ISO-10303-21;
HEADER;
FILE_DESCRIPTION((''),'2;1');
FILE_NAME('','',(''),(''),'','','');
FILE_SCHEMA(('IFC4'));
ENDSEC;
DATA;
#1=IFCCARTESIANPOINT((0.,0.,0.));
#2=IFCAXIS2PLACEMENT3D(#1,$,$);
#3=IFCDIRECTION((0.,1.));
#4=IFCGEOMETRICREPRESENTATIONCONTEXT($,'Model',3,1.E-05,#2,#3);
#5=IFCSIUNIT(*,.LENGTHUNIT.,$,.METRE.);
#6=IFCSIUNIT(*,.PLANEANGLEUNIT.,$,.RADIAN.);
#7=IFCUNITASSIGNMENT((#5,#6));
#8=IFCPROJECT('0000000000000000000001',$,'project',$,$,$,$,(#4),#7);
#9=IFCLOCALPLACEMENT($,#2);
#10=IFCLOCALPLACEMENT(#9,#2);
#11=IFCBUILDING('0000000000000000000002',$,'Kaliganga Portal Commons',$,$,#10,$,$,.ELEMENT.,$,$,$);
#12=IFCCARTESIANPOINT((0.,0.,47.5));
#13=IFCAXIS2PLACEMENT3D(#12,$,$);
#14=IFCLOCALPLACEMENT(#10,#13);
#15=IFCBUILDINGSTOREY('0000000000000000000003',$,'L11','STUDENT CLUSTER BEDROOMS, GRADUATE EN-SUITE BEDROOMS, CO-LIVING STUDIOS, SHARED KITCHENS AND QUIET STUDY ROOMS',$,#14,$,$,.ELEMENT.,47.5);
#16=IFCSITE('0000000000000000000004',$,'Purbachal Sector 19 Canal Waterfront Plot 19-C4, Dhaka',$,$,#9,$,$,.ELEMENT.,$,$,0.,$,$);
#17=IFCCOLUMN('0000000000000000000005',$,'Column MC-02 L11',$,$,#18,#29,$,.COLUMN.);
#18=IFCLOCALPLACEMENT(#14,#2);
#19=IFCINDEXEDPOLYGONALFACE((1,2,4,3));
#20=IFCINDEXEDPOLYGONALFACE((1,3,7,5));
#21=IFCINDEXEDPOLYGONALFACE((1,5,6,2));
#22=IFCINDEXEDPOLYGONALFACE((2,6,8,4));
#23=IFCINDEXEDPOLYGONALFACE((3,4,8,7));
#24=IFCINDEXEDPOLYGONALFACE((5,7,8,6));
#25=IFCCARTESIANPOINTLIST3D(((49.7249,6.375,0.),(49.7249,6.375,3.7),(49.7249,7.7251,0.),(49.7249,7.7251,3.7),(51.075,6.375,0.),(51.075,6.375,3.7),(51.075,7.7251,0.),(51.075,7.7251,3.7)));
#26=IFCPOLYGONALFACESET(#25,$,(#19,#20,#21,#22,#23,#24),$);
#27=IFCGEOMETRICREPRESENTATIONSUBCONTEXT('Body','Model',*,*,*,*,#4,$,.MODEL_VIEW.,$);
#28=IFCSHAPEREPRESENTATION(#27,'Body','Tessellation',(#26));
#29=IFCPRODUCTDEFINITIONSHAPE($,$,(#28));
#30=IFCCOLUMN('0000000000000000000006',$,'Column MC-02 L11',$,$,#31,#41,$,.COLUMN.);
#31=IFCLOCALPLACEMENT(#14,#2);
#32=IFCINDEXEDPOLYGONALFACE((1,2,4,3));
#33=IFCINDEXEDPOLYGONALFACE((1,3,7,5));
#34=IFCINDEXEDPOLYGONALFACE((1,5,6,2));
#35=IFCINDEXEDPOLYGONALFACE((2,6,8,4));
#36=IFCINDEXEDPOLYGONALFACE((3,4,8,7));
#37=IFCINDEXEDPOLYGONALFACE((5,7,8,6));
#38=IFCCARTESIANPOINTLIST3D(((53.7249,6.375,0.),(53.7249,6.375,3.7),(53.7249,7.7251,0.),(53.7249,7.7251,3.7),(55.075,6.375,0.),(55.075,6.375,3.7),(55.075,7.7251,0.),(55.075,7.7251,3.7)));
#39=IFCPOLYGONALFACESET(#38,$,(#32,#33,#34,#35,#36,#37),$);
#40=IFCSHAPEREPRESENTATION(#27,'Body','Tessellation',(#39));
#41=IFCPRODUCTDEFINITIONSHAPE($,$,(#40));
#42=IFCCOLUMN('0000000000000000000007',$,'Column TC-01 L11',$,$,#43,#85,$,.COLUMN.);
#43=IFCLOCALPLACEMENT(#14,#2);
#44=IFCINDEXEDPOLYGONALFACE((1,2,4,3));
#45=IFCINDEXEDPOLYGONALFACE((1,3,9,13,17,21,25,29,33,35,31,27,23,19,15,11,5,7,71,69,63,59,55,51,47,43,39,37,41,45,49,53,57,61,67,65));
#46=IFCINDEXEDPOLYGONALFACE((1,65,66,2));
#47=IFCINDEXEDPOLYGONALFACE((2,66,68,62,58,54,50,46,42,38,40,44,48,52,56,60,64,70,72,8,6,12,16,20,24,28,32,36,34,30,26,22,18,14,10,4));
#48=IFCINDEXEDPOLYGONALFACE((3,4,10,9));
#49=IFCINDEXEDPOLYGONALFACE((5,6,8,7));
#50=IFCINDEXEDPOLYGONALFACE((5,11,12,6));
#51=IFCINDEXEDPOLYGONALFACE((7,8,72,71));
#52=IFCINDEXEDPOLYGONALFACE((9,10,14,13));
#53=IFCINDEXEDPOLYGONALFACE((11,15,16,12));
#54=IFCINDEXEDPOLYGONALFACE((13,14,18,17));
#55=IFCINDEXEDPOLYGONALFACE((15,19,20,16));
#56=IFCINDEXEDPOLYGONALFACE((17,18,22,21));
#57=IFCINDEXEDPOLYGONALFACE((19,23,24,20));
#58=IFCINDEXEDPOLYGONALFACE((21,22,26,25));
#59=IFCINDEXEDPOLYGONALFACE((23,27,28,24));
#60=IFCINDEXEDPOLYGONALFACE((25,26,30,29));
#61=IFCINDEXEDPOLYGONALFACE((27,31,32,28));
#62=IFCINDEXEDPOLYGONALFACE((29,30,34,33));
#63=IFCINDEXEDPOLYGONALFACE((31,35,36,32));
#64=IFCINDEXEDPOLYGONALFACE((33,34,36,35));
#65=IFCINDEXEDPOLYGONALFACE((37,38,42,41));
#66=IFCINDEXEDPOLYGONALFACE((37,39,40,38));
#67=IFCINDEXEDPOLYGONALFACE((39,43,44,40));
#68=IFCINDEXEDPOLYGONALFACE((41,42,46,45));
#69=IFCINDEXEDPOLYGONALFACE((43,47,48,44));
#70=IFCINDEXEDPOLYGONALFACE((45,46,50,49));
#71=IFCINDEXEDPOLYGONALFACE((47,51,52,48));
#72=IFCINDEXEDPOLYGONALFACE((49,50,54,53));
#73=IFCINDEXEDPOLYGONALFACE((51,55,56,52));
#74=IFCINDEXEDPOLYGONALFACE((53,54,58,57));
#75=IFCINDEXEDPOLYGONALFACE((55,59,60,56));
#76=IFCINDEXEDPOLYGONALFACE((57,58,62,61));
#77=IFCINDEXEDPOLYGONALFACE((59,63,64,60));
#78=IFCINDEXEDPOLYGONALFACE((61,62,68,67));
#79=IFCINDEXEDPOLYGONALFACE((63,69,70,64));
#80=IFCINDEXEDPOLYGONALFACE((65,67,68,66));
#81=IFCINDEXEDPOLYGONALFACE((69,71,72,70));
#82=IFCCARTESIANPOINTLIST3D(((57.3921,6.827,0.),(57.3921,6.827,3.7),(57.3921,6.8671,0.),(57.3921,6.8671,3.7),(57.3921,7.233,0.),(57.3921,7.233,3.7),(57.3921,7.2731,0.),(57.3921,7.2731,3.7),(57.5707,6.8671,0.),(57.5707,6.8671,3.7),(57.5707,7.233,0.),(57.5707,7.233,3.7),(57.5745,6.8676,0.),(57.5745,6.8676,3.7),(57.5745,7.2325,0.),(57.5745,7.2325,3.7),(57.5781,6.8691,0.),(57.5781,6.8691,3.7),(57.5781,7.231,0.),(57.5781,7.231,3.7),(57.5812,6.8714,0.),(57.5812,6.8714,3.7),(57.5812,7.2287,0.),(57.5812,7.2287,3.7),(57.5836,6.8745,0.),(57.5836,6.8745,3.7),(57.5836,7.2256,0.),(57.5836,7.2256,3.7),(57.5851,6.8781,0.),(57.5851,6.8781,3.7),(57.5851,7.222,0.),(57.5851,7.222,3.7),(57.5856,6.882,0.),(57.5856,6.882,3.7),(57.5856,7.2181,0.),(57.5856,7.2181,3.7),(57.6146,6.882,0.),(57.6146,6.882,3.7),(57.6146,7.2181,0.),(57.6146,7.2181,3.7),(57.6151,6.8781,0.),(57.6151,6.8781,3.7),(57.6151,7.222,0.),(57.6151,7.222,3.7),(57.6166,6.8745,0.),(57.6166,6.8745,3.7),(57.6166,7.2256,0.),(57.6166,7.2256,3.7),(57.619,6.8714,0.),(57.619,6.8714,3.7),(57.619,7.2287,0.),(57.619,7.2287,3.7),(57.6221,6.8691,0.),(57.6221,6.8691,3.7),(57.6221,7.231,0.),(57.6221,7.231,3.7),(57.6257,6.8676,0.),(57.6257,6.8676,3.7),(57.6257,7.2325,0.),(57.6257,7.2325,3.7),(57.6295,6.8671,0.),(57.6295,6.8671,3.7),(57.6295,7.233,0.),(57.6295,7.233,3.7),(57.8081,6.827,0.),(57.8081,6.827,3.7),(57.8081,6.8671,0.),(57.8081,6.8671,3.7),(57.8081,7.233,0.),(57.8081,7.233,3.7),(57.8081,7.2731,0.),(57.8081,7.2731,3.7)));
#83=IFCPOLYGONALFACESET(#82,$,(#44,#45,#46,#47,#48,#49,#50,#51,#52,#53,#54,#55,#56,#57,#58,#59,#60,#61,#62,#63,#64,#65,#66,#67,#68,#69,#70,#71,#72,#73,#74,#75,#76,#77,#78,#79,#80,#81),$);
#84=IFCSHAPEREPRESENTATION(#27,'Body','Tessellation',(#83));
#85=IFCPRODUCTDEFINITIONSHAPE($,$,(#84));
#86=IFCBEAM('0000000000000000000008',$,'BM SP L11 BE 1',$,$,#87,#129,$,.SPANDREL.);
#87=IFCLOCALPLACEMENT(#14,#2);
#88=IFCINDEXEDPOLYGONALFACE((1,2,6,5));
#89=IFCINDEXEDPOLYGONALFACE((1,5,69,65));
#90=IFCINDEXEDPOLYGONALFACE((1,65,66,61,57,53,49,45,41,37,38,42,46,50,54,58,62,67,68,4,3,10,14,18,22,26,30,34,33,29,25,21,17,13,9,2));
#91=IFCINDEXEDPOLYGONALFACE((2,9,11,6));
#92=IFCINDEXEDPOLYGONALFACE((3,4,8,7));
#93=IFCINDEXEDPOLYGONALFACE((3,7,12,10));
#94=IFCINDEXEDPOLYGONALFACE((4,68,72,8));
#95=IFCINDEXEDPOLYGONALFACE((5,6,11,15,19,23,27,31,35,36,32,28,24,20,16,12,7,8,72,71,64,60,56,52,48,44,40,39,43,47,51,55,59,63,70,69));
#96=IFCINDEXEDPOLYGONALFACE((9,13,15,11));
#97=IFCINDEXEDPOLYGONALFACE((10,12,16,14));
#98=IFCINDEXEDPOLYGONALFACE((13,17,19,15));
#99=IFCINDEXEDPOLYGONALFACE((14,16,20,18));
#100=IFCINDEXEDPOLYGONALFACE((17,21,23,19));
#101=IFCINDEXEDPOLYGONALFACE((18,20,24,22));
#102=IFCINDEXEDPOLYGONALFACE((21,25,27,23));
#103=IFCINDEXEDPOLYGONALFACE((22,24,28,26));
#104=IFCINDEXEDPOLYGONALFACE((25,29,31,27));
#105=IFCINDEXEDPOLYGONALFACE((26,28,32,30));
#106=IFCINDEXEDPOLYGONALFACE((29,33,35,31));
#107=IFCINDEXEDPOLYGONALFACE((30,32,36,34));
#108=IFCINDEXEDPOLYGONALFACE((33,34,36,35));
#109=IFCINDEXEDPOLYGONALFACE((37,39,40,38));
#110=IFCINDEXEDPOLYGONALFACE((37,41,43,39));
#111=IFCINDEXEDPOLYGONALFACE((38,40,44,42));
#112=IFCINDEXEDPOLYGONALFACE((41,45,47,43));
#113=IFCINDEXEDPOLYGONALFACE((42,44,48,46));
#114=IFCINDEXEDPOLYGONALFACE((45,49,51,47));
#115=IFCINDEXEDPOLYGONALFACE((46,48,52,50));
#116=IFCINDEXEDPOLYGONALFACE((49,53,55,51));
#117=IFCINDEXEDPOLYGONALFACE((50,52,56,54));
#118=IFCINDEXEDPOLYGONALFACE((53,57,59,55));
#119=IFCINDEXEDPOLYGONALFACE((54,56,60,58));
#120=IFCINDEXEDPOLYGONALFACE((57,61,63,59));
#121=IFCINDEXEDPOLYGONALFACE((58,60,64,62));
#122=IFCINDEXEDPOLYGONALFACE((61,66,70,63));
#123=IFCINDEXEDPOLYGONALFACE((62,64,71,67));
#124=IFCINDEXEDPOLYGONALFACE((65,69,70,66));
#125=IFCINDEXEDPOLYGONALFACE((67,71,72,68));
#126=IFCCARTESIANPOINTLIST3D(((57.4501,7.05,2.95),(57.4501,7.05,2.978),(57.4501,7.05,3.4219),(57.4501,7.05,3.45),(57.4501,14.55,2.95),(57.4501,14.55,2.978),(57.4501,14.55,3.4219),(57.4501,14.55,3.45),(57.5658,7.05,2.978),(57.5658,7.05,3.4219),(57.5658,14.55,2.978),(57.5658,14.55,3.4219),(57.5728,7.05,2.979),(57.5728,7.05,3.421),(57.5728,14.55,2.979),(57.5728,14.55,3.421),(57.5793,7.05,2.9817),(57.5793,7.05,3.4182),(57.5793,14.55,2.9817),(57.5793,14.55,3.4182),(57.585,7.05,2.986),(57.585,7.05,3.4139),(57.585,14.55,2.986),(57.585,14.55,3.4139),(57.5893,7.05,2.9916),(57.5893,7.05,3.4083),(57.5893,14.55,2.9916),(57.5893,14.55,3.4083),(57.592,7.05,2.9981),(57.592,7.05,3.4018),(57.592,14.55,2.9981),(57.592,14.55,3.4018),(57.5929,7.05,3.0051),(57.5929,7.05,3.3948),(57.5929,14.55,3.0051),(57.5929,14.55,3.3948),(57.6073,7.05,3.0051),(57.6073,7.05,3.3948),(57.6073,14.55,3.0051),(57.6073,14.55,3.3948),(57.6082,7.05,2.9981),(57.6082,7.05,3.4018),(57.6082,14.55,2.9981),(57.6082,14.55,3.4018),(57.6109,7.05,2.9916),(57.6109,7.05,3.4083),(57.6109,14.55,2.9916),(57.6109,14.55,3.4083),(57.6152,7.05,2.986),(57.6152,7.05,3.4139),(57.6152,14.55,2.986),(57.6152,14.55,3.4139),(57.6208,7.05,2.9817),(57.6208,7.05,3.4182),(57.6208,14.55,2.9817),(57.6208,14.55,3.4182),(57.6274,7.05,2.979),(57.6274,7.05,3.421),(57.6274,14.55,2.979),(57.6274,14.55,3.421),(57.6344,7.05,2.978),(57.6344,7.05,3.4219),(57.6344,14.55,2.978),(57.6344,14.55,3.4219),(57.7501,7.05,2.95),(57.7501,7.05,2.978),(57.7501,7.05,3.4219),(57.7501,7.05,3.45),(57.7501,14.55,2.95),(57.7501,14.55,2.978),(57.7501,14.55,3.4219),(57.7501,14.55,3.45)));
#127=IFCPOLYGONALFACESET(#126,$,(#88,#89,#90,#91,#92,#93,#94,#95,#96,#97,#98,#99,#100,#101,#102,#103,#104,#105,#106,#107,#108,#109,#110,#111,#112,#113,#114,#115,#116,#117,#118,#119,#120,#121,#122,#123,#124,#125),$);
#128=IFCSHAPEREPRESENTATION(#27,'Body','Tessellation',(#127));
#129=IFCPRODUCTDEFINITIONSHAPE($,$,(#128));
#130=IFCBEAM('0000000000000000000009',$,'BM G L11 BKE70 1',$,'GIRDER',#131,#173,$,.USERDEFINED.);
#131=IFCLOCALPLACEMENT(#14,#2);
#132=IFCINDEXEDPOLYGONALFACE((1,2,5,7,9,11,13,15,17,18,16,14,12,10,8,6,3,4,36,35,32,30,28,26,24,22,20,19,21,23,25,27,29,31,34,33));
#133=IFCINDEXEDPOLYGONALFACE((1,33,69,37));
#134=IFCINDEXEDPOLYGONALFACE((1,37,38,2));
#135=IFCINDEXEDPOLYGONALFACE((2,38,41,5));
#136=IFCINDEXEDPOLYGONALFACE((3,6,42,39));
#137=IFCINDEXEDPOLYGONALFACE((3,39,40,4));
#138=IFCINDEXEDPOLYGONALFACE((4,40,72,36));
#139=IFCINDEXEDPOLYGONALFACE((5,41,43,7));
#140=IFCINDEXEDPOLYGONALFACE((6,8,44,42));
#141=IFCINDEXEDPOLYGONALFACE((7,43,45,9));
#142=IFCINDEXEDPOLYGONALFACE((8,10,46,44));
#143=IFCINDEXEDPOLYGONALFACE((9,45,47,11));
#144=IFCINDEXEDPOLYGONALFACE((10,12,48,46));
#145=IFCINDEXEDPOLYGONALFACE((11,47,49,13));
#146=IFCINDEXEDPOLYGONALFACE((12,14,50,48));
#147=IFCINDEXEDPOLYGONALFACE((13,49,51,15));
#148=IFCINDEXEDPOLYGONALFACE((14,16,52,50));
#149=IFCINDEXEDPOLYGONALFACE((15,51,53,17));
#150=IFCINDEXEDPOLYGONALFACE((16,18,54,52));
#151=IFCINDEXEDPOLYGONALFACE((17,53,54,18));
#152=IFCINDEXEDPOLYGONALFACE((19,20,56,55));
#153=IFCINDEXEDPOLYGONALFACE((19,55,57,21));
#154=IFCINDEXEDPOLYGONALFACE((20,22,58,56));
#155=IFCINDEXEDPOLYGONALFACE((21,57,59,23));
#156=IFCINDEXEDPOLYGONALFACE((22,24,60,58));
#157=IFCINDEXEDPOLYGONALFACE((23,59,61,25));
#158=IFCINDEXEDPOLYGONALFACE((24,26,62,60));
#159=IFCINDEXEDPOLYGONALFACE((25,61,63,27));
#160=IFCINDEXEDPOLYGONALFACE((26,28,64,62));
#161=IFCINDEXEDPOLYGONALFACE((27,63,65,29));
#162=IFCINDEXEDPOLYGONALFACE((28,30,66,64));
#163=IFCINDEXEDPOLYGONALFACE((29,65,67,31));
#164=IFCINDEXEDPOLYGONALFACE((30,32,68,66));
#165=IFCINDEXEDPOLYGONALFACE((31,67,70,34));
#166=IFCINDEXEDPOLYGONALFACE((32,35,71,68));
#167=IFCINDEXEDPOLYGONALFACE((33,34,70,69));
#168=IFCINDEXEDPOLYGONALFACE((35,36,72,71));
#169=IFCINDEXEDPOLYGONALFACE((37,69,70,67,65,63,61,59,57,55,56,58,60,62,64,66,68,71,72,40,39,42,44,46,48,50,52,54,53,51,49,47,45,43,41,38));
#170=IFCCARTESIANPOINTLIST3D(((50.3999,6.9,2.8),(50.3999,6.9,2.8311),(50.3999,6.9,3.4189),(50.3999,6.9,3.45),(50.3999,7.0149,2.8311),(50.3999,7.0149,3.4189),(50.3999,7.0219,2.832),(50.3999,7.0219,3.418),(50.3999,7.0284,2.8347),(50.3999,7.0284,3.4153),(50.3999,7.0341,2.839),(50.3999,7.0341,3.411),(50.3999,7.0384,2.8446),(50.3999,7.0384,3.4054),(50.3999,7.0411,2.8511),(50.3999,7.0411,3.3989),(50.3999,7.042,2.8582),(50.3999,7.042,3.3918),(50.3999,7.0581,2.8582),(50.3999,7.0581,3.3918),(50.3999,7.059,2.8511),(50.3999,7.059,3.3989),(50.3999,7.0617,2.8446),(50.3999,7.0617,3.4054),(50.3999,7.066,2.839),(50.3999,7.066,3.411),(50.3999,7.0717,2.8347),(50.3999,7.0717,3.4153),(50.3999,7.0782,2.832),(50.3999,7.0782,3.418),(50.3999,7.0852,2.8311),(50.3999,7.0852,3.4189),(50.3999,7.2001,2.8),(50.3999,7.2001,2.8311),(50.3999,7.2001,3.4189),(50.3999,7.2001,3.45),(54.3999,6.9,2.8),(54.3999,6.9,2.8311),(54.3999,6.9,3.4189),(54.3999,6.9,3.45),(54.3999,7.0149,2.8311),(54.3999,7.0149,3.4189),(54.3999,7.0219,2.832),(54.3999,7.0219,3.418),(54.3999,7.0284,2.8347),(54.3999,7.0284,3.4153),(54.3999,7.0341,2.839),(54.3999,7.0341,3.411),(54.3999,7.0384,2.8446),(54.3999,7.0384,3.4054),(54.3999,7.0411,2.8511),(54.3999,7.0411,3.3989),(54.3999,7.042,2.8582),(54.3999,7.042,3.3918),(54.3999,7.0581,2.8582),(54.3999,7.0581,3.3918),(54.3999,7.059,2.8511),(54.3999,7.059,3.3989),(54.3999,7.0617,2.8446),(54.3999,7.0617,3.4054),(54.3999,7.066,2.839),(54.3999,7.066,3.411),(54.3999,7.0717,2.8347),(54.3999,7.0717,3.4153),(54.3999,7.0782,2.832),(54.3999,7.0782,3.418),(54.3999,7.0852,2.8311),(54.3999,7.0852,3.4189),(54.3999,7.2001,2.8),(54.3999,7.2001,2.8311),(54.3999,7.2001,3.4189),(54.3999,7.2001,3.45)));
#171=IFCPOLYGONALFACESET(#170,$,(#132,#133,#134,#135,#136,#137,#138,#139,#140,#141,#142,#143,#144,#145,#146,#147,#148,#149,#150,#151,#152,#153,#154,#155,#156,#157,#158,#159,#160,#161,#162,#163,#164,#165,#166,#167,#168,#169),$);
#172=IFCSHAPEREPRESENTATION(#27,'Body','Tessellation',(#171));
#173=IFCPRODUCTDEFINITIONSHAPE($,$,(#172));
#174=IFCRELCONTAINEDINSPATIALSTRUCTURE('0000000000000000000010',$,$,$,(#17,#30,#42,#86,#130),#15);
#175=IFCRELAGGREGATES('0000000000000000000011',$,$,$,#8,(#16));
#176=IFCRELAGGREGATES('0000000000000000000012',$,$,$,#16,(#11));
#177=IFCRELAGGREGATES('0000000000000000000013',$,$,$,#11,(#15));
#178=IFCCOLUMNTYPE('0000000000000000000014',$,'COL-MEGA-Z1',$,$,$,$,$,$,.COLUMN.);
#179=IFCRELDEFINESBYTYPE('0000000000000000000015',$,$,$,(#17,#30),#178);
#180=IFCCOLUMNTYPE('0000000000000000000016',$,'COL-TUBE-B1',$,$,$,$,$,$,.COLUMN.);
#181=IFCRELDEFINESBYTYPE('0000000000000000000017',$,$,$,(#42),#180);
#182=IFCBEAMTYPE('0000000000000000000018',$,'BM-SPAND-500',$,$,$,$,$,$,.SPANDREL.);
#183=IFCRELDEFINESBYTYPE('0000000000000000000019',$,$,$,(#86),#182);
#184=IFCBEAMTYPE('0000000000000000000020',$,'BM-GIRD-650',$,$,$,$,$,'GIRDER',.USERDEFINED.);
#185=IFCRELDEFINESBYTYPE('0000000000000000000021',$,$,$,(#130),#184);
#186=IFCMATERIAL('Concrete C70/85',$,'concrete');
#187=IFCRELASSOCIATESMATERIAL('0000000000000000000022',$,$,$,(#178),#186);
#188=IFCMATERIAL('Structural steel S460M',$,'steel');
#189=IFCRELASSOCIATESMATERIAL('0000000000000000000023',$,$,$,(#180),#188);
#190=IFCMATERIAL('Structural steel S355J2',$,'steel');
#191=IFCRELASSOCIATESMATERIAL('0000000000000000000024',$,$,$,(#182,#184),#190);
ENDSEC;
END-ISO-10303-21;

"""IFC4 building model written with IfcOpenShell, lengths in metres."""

from ifc_helpers import new_model, si_unit, direction, frame, origin, origin_2d, place, context, subcontext, project, spatial, rectangle, i_section, extrude, source, transform, mapped, material, material_profile, profile_set, type_object, element, save


model = new_model("IFC4")

# Units and contexts
model_context = context("Model", 3, precision=1e-05, world=origin(), true_north=direction((0.0, 1.0)))
body_context = subcontext(model_context, "Body", "Model", "MODEL_VIEW")
ifc_project = project(units=[si_unit("LENGTHUNIT", "METRE"), si_unit("PLANEANGLEUNIT", "RADIAN")], contexts=[model_context])

# Site, building, storey
site_placement = place(None, origin())
site = spatial("IfcSite", under=ifc_project, at=site_placement, Name="Purbachal Sector 19 Canal Waterfront Plot 19-C4, Dhaka", CompositionType="ELEMENT", RefElevation=0.0)
building_placement = place(site_placement, origin())
building = spatial("IfcBuilding", under=site, at=building_placement, Name="Kaliganga Portal Commons", CompositionType="ELEMENT")
storey_placement = place(building_placement, frame((0.0, 0.0, 47.5)))
storey = spatial("IfcBuildingStorey", under=building, at=storey_placement, Name="L11", Description="STUDENT CLUSTER BEDROOMS, GRADUATE EN-SUITE BEDROOMS, CO-LIVING STUDIOS, SHARED KITCHENS AND QUIET STUDY ROOMS", CompositionType="ELEMENT", Elevation=47.5)

# Columns
ifc_material_1 = material(Name="Concrete C70/85", Category="concrete")
ifc_material_profile_1 = material_profile(ifc_material_1, rectangle(XDim=1.3501, YDim=1.3501, at=origin_2d()), Name="RC 1350x1350")
ifc_profile_set_1 = profile_set([ifc_material_profile_1], Name="Concrete C70/85")
column_type_1 = type_object("IfcColumnType", Name="COL-MEGA-Z1", PredefinedType="COLUMN", material=ifc_profile_set_1)
shared_shape_1 = source(origin(), body_context, "Body", "SweptSolid", [
    extrude(rectangle(XDim=1.3501, YDim=1.3501, at=origin_2d()), origin(), (0.0, 0.0, 1.0), 3.7),
])
for number, where, z_axis, x_axis, name in (
    (1, (50.3999, 7.05, 0.0), (0.0, 0.0, 1.0), (1.0, 0.0, 0.0), "Column MC-02 L11"),
    (2, (54.3999, 7.05, 0.0), (0.0, 0.0, 1.0), (1.0, 0.0, 0.0), "Column MC-02 L11"),
):
    element("IfcColumn", number, at=place(storey_placement, frame(where, z_axis=z_axis, x_axis=x_axis)), inside=storey, type_object=column_type_1, Name=name, PredefinedType="COLUMN", context=body_context, shape_type="MappedRepresentation", body=[
        mapped(shared_shape_1, transform((0.0, 0.0, 0.0), x_axis=(1.0, 0.0, 0.0), y_axis=(0.0, 1.0, 0.0), z_axis=(0.0, 0.0, 1.0), scale=1.0)),
    ])
ifc_material_2 = material(Name="Structural steel S460M", Category="steel")
ifc_material_profile_2 = material_profile(ifc_material_2, i_section(OverallWidth=0.416, OverallDepth=0.446, WebThickness=0.0291, FlangeThickness=0.04, FilletRadius=0.0149, at=origin_2d()), Name="HD 400x509")
ifc_profile_set_2 = profile_set([ifc_material_profile_2], Name="Structural steel S460M wide-flange")
column_type_2 = type_object("IfcColumnType", Name="COL-TUBE-B1", PredefinedType="COLUMN", material=ifc_profile_set_2)
shared_shape_2 = source(origin(), body_context, "Body", "SweptSolid", [
    extrude(i_section(OverallWidth=0.416, OverallDepth=0.446, WebThickness=0.0291, FlangeThickness=0.04, FilletRadius=0.0149, at=origin_2d()), origin(), (0.0, 0.0, 1.0), 3.7),
])
column_placement = place(storey_placement, frame((57.6001, 7.05, 0.0), z_axis=(0.0, 0.0, 1.0), x_axis=(1.0, 0.0, 0.0)))
element("IfcColumn", 3, at=column_placement, inside=storey, type_object=column_type_2, Name="Column TC-01 L11", PredefinedType="COLUMN", context=body_context, shape_type="MappedRepresentation", body=[
    mapped(shared_shape_2, transform((0.0, 0.0, 0.0), x_axis=(1.0, 0.0, 0.0), y_axis=(0.0, 1.0, 0.0), z_axis=(0.0, 0.0, 1.0), scale=1.0)),
])

# Beams
ifc_material_3 = material(Name="Structural steel S355J2", Category="steel")
ifc_material_profile_3 = material_profile(ifc_material_3, i_section(OverallWidth=0.3, OverallDepth=0.5, WebThickness=0.0144, FlangeThickness=0.0281, FilletRadius=0.0271, at=origin_2d()), Name="HE 500 B")
ifc_profile_set_3 = profile_set([ifc_material_profile_3], Name="Structural steel S355J2 wide-flange")
beam_type_1 = type_object("IfcBeamType", Name="BM-SPAND-500", PredefinedType="SPANDREL", material=ifc_profile_set_3)
shared_shape_3 = source(origin(), body_context, "Body", "SweptSolid", [
    extrude(i_section(OverallWidth=0.3, OverallDepth=0.5, WebThickness=0.0144, FlangeThickness=0.0281, FilletRadius=0.0271, at=origin_2d()), origin(), (0.0, 0.0, 1.0), 7.5),
])
beam_1_placement = place(storey_placement, frame((57.6001, 7.05, 3.2), z_axis=(0.0, 1.0, 0.0), x_axis=(-1.0, 0.0, 0.0)))
element("IfcBeam", 4, at=beam_1_placement, inside=storey, type_object=beam_type_1, Name="BM SP L11 BE 1", PredefinedType="SPANDREL", context=body_context, shape_type="MappedRepresentation", body=[
    mapped(shared_shape_3, transform((0.0, 0.0, 0.0), x_axis=(1.0, 0.0, 0.0), y_axis=(0.0, 1.0, 0.0), z_axis=(0.0, 0.0, 1.0), scale=1.0)),
])
ifc_material_profile_4 = material_profile(ifc_material_3, i_section(OverallWidth=0.3, OverallDepth=0.6499, WebThickness=0.0161, FlangeThickness=0.031, FilletRadius=0.0271, at=origin_2d()), Name="HE 650 B")
ifc_profile_set_4 = profile_set([ifc_material_profile_4], Name="Structural steel S355J2 wide-flange")
beam_type_2 = type_object("IfcBeamType", Name="BM-GIRD-650", ElementType="GIRDER", PredefinedType="USERDEFINED", material=ifc_profile_set_4)
shared_shape_4 = source(origin(), body_context, "Body", "SweptSolid", [
    extrude(i_section(OverallWidth=0.3, OverallDepth=0.6499, WebThickness=0.0161, FlangeThickness=0.031, FilletRadius=0.0271, at=origin_2d()), origin(), (0.0, 0.0, 1.0), 4.0),
])
beam_2_placement = place(storey_placement, frame((50.3999, 7.05, 3.125), z_axis=(1.0, 0.0, 0.0), x_axis=(0.0, 1.0, 0.0)))
element("IfcBeam", 5, at=beam_2_placement, inside=storey, type_object=beam_type_2, Name="BM G L11 BKE70 1", ObjectType="GIRDER", PredefinedType="USERDEFINED", context=body_context, shape_type="MappedRepresentation", body=[
    mapped(shared_shape_4, transform((0.0, 0.0, 0.0), x_axis=(1.0, 0.0, 0.0), y_axis=(0.0, 1.0, 0.0), z_axis=(0.0, 0.0, 1.0), scale=1.0)),
])

save(model, "model.ifc")
